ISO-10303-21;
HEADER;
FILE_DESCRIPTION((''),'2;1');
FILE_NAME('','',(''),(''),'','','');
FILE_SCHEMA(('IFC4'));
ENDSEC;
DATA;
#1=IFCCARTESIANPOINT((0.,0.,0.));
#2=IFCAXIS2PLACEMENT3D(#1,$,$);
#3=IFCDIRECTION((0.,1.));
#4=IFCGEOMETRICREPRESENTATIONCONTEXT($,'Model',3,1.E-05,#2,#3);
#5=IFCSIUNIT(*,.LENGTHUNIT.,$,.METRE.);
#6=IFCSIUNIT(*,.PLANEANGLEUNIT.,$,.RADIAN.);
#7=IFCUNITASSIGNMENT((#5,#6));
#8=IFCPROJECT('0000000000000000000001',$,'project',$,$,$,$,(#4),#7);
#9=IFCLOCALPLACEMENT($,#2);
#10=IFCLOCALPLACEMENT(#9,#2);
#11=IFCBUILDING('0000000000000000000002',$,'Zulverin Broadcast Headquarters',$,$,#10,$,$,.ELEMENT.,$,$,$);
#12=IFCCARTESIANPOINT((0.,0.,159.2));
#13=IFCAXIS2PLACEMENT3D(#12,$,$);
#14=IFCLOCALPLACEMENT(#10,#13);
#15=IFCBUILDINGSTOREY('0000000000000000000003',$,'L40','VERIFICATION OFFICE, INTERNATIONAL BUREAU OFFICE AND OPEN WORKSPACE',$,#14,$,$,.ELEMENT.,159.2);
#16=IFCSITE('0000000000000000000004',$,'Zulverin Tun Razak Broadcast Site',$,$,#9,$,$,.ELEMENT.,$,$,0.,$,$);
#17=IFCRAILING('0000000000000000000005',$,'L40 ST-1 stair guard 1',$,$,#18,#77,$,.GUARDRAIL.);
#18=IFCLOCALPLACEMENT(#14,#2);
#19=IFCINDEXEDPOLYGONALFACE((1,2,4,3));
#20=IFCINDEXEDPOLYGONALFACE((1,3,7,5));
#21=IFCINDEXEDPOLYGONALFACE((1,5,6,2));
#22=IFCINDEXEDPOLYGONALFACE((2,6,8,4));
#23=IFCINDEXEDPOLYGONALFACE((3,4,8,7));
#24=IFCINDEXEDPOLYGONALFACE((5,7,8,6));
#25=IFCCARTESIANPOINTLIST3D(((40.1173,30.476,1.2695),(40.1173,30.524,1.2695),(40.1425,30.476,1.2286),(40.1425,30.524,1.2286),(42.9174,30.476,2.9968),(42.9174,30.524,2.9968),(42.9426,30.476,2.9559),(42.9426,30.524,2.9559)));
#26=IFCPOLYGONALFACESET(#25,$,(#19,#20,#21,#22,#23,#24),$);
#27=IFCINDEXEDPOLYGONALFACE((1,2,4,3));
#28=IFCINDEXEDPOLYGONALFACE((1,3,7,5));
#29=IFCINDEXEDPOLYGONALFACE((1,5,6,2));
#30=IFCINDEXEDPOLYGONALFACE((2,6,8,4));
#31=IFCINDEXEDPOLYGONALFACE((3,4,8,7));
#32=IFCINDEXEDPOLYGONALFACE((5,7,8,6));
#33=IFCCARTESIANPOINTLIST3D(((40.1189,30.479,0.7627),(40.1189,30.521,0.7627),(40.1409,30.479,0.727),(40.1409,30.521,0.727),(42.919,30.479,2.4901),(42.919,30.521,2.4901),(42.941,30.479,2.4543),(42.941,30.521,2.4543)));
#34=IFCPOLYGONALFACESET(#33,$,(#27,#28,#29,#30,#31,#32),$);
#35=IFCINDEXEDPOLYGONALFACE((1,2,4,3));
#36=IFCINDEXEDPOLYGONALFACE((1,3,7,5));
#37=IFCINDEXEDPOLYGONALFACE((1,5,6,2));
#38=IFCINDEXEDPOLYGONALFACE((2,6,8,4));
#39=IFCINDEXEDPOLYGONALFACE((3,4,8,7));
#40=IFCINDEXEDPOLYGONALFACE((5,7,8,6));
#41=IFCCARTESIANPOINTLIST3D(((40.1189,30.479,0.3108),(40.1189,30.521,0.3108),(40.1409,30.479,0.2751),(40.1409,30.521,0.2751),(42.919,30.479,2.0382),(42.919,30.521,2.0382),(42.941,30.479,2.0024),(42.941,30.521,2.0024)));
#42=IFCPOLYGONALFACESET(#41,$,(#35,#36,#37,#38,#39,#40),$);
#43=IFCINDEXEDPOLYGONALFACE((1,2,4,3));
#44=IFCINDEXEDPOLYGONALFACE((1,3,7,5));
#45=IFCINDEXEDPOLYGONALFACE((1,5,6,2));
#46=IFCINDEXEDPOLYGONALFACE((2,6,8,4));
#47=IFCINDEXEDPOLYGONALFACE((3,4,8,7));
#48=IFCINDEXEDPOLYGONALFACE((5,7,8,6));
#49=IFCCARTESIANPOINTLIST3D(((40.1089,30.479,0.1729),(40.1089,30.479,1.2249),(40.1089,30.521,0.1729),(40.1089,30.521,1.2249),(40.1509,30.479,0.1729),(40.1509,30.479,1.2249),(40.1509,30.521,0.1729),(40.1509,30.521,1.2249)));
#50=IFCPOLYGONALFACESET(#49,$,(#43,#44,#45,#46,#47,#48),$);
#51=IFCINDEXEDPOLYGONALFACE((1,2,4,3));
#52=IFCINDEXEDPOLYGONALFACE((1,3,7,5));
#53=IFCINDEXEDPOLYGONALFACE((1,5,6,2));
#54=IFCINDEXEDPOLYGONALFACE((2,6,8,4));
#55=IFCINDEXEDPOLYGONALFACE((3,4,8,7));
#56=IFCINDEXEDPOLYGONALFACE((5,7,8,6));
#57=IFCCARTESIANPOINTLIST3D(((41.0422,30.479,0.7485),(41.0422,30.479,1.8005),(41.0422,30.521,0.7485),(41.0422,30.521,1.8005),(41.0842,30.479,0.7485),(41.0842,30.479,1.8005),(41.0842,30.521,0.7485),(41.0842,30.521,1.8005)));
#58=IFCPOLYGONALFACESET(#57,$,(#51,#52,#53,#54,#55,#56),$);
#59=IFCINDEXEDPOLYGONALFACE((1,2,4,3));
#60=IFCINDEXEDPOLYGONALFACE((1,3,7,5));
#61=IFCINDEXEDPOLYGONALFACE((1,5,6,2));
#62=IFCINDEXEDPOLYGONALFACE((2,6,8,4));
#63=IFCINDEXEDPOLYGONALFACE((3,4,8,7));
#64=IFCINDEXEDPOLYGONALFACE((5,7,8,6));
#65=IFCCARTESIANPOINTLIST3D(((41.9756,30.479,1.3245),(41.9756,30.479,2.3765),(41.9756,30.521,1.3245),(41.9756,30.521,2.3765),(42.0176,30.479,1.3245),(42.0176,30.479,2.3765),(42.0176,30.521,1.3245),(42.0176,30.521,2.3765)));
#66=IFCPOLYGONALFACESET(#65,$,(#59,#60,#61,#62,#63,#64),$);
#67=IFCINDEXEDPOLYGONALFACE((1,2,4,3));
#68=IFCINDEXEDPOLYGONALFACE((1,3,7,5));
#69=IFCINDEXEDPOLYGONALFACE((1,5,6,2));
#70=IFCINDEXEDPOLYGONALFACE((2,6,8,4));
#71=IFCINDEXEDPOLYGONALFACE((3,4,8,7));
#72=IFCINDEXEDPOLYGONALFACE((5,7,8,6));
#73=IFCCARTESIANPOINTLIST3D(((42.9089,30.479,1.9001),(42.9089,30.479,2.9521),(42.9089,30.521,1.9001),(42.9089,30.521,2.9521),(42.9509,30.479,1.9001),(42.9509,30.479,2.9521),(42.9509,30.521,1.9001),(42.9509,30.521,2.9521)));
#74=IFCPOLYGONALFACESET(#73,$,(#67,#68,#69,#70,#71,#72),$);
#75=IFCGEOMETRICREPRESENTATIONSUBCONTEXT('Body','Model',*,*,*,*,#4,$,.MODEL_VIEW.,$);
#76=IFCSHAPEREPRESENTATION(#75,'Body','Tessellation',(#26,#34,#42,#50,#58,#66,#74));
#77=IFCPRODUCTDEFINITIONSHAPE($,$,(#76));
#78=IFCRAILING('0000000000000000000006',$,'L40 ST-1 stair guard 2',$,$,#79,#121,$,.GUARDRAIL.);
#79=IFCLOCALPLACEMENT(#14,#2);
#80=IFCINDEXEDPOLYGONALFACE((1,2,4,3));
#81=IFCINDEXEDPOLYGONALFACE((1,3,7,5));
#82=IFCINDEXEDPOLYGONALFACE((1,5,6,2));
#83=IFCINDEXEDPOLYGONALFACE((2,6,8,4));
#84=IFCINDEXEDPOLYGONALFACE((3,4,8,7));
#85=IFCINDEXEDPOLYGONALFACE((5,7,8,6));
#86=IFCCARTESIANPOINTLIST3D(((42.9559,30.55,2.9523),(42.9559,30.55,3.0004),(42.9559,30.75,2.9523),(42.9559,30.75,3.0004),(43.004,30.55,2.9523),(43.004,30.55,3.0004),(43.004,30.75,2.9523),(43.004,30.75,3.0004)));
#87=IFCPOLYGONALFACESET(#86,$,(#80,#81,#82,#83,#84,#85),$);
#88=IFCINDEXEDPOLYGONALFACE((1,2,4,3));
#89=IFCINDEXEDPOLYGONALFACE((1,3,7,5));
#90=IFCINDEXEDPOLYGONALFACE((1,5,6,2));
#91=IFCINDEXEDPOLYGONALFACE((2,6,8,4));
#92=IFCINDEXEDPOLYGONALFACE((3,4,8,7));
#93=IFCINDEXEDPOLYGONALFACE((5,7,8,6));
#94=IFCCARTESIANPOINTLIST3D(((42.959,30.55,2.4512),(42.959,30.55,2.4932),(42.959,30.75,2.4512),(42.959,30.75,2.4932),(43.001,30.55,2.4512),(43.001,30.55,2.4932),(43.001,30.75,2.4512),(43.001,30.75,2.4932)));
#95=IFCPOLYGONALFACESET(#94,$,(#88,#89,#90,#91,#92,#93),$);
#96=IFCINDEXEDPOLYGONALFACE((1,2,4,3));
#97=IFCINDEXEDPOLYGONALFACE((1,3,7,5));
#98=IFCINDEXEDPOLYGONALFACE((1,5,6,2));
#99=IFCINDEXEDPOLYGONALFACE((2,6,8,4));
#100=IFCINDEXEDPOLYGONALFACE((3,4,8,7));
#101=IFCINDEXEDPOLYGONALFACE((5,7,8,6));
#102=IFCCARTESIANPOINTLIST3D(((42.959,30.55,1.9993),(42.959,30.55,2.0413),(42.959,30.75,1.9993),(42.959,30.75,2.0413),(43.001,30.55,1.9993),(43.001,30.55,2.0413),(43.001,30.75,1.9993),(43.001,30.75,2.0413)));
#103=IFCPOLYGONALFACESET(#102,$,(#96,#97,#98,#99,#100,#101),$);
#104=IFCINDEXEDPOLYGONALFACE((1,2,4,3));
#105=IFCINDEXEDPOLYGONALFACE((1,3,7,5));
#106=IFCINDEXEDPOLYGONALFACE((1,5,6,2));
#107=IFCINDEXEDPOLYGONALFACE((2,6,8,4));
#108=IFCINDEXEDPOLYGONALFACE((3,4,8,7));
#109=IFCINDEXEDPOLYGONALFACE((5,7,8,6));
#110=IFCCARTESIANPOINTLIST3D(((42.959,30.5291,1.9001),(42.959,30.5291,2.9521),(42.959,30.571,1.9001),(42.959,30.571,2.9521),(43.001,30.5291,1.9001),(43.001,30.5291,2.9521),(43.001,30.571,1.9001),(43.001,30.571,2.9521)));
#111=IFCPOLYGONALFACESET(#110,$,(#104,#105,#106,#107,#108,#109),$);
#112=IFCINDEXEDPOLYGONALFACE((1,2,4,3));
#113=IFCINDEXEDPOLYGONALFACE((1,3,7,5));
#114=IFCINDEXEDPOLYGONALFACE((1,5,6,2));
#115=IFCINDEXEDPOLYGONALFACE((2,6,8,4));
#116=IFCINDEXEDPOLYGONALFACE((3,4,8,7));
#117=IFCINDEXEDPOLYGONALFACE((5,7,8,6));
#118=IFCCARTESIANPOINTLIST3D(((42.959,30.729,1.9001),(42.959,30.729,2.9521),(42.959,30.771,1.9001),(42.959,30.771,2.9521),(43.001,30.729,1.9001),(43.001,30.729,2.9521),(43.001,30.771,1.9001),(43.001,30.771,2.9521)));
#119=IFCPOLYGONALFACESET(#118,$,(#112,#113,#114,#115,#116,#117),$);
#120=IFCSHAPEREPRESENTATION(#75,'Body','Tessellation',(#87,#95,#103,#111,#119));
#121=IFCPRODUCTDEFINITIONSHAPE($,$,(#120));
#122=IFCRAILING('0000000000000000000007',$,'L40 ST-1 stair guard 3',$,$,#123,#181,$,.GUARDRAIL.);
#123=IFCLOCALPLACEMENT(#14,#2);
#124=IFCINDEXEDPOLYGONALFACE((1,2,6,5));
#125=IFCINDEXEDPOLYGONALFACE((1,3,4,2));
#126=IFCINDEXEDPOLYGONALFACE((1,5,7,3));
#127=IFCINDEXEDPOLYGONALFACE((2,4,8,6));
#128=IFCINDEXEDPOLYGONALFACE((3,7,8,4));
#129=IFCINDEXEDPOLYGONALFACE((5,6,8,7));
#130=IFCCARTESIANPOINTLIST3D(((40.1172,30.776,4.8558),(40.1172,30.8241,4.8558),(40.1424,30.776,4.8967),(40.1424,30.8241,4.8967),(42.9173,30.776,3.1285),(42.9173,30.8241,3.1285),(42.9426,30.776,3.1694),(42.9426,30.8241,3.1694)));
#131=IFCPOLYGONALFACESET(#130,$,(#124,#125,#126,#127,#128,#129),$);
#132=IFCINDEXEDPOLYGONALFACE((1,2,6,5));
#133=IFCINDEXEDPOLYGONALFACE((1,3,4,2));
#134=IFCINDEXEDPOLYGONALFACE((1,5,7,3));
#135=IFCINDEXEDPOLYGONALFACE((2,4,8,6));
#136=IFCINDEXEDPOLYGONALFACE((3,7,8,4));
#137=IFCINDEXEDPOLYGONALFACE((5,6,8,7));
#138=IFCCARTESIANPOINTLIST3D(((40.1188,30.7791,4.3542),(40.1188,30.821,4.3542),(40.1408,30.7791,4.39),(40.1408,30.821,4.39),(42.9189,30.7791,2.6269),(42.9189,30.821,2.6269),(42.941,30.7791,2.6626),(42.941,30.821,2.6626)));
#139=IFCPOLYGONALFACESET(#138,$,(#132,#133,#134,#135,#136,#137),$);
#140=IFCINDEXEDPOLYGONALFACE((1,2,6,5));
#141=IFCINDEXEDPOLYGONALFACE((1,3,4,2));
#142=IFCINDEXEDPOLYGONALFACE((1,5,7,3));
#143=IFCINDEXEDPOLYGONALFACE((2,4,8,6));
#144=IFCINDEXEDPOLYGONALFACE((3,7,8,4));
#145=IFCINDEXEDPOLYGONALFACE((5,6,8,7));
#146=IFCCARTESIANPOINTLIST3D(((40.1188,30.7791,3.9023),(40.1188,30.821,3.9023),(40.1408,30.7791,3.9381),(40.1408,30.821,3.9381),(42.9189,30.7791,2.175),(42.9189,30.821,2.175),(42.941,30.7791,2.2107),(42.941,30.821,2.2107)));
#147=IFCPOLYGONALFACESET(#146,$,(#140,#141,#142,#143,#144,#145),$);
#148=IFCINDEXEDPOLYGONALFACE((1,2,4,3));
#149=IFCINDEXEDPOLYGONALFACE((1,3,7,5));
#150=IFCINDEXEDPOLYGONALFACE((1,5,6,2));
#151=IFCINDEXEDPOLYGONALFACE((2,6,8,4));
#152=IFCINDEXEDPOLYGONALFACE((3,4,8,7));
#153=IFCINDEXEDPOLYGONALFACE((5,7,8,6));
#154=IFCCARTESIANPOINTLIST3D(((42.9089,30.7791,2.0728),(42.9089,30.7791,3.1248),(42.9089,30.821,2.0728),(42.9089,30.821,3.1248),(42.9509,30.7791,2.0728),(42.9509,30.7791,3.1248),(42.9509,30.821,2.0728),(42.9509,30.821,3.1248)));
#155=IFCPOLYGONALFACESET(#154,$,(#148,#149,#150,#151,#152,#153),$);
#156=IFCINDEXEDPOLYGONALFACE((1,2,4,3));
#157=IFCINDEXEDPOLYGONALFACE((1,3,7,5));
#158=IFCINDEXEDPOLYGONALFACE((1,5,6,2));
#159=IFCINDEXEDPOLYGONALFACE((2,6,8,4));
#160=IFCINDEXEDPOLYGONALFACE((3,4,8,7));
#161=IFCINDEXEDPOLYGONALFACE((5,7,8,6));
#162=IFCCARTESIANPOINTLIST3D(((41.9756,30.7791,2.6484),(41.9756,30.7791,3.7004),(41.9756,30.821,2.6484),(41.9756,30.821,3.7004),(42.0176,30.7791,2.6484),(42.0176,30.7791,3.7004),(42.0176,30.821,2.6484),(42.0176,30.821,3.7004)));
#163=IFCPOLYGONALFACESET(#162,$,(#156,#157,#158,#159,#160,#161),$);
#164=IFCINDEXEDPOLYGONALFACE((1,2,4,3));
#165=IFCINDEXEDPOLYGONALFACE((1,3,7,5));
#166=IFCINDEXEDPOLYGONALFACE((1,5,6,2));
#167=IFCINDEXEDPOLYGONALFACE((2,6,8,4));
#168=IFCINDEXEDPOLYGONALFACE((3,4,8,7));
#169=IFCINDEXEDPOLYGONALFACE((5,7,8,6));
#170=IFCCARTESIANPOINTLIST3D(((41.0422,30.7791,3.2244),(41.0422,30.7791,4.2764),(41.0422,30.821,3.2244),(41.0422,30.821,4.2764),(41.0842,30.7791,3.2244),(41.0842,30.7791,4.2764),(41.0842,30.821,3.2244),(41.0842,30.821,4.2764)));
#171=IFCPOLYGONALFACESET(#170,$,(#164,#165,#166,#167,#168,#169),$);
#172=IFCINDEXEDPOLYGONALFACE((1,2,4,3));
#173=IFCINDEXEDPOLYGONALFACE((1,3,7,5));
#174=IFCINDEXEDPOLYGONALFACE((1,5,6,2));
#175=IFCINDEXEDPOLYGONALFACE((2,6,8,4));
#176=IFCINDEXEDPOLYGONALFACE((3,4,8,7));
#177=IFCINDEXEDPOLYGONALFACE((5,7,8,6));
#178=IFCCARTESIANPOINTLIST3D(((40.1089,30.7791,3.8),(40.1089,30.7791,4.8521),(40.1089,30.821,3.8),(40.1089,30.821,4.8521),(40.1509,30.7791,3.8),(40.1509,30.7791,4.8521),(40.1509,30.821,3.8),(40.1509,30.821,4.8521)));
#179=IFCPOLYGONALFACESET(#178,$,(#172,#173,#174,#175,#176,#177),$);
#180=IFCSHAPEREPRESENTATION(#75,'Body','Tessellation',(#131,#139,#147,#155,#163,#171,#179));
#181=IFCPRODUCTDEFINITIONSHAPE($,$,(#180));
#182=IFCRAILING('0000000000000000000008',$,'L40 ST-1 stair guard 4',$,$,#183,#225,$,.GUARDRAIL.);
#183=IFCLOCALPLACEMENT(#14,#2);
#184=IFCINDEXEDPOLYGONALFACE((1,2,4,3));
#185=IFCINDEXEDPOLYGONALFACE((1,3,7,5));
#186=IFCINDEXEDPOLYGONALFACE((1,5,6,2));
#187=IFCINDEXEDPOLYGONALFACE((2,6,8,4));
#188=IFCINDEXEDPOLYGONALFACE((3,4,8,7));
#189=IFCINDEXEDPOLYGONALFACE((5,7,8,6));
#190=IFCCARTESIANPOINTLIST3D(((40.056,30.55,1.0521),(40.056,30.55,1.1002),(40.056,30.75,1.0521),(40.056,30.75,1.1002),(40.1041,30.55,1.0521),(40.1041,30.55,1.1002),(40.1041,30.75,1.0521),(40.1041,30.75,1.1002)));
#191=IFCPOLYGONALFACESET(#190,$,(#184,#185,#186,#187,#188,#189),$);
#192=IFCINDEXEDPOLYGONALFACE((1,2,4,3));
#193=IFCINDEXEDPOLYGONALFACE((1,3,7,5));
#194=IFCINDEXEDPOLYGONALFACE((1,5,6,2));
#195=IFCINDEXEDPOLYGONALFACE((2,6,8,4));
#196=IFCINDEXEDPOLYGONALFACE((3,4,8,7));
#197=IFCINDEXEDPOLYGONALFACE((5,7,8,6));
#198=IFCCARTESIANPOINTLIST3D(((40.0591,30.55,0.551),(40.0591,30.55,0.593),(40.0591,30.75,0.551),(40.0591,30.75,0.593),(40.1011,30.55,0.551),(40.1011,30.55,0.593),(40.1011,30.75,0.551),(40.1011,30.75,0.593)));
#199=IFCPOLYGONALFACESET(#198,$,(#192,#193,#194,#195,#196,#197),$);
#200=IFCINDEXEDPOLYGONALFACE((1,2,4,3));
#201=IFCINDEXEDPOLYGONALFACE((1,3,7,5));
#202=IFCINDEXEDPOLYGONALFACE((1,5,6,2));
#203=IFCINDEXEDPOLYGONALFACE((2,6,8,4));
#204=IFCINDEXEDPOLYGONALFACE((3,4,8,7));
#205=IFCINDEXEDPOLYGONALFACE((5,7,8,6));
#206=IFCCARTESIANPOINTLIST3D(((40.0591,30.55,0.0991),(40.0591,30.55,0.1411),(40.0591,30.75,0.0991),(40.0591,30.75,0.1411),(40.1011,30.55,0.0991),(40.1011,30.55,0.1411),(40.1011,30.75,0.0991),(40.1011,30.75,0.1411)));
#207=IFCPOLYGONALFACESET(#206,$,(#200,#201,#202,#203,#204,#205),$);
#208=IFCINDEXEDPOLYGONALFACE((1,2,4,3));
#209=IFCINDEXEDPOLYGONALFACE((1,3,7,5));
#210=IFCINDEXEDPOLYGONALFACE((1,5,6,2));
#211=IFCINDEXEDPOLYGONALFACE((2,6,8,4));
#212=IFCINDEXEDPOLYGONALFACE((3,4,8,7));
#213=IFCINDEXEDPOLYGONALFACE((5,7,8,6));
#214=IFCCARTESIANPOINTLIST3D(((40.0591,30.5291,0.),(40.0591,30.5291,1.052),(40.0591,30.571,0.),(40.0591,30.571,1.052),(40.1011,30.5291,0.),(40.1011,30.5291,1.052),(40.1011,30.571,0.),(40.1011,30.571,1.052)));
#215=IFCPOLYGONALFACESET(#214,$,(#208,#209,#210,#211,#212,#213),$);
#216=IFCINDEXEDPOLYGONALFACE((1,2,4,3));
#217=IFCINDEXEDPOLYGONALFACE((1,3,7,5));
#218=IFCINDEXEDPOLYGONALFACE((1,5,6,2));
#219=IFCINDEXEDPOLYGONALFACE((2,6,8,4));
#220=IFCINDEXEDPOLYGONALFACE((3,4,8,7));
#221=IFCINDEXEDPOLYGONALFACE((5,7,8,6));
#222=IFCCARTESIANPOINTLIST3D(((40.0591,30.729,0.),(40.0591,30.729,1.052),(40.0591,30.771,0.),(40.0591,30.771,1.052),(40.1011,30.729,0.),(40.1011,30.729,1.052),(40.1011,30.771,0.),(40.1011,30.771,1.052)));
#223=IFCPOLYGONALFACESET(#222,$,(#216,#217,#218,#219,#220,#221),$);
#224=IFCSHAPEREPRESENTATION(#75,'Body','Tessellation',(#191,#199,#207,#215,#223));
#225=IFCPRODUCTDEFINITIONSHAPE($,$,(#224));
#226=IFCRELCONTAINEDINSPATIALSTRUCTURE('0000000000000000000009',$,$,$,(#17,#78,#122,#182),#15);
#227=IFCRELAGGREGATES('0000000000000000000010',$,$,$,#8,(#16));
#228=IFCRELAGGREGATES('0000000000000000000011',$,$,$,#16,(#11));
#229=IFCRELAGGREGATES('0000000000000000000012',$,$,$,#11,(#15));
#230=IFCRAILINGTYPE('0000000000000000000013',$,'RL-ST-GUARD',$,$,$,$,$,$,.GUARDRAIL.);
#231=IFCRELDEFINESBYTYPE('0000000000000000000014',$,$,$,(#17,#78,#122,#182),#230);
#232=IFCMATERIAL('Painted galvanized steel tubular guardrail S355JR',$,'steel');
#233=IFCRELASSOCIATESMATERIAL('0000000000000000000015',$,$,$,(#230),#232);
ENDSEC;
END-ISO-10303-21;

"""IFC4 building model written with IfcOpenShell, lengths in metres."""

from ifc_helpers import new_model, si_unit, direction, frame, origin, origin_2d, place, context, subcontext, project, spatial, rectangle, extrude, material, type_object, element, save


model = new_model("IFC4")

# Units and contexts
model_context = context("Model", 3, precision=1e-05, world=origin(), true_north=direction((0.0, 1.0)))
body_context = subcontext(model_context, "Body", "Model", "MODEL_VIEW")
ifc_project = project(units=[si_unit("LENGTHUNIT", "METRE"), si_unit("PLANEANGLEUNIT", "RADIAN")], contexts=[model_context])

# Site, building, storey
site_placement = place(None, origin())
site = spatial("IfcSite", under=ifc_project, at=site_placement, Name="Zulverin Tun Razak Broadcast Site", CompositionType="ELEMENT", RefElevation=0.0)
building_placement = place(site_placement, origin())
building = spatial("IfcBuilding", under=site, at=building_placement, Name="Zulverin Broadcast Headquarters", CompositionType="ELEMENT")
storey_placement = place(building_placement, frame((0.0, 0.0, 159.2)))
storey = spatial("IfcBuildingStorey", under=building, at=storey_placement, Name="L40", Description="VERIFICATION OFFICE, INTERNATIONAL BUREAU OFFICE AND OPEN WORKSPACE", CompositionType="ELEMENT", Elevation=159.2)

# Railings
ifc_material_1 = material(Name="Painted galvanized steel tubular guardrail S355JR", Category="steel")
railing_type_1 = type_object("IfcRailingType", Name="RL-ST-GUARD", PredefinedType="GUARDRAIL", material=ifc_material_1)
railing_1_placement = place(storey_placement, frame((40.1299, 30.5, 0.1729)))
element("IfcRailing", 1, at=railing_1_placement, inside=storey, type_object=railing_type_1, Name="L40 ST-1 stair guard 1", PredefinedType="GUARDRAIL", context=body_context, shape_type="SweptSolid", body=[
    extrude(rectangle(XDim=0.0481, YDim=0.0481, at=origin_2d()), frame((0.0, 0.0, 1.0762), z_axis=(0.85109, 0.0, 0.52502), x_axis=(0.0, 1.0, 0.0)), (0.0, 0.0, 1.0), 3.29),
    extrude(rectangle(XDim=0.042, YDim=0.042, at=origin_2d()), frame((0.0, 0.0, 0.572), z_axis=(0.85109, 0.0, 0.52502), x_axis=(0.0, 1.0, 0.0)), (0.0, 0.0, 1.0), 3.29),
    extrude(rectangle(XDim=0.042, YDim=0.042, at=origin_2d()), frame((0.0, 0.0, 0.1201), z_axis=(0.85109, 0.0, 0.52502), x_axis=(0.0, 1.0, 0.0)), (0.0, 0.0, 1.0), 3.29),
    extrude(rectangle(XDim=0.042, YDim=0.042, at=origin_2d()), origin(), (0.0, 0.0, 1.0), 1.052),
    extrude(rectangle(XDim=0.042, YDim=0.042, at=origin_2d()), frame((0.9333, 0.0, 0.5757)), (0.0, 0.0, 1.0), 1.052),
    extrude(rectangle(XDim=0.042, YDim=0.042, at=origin_2d()), frame((1.8667, 0.0, 1.1516)), (0.0, 0.0, 1.0), 1.052),
    extrude(rectangle(XDim=0.042, YDim=0.042, at=origin_2d()), frame((2.8, 0.0, 1.7273)), (0.0, 0.0, 1.0), 1.052),
])
railing_2_placement = place(storey_placement, frame((42.98, 30.55, 1.9001)))
element("IfcRailing", 2, at=railing_2_placement, inside=storey, type_object=railing_type_1, Name="L40 ST-1 stair guard 2", PredefinedType="GUARDRAIL", context=body_context, shape_type="SweptSolid", body=[
    extrude(rectangle(XDim=0.0481, YDim=0.0481, at=origin_2d()), frame((0.0, 0.0, 1.0762), z_axis=(0.0, 1.0, 0.0), x_axis=(-1.0, 0.0, 0.0)), (0.0, 0.0, 1.0), 0.2),
    extrude(rectangle(XDim=0.042, YDim=0.042, at=origin_2d()), frame((0.0, 0.0, 0.572), z_axis=(0.0, 1.0, 0.0), x_axis=(-1.0, 0.0, 0.0)), (0.0, 0.0, 1.0), 0.2),
    extrude(rectangle(XDim=0.042, YDim=0.042, at=origin_2d()), frame((0.0, 0.0, 0.1201), z_axis=(0.0, 1.0, 0.0), x_axis=(-1.0, 0.0, 0.0)), (0.0, 0.0, 1.0), 0.2),
    extrude(rectangle(XDim=0.042, YDim=0.042, at=origin_2d()), origin(), (0.0, 0.0, 1.0), 1.052),
    extrude(rectangle(XDim=0.042, YDim=0.042, at=origin_2d()), frame((0.0, 0.2, 0.0)), (0.0, 0.0, 1.0), 1.052),
])
railing_3_placement = place(storey_placement, frame((42.9299, 30.8, 2.0728)))
element("IfcRailing", 3, at=railing_3_placement, inside=storey, type_object=railing_type_1, Name="L40 ST-1 stair guard 3", PredefinedType="GUARDRAIL", context=body_context, shape_type="SweptSolid", body=[
    extrude(rectangle(XDim=0.0481, YDim=0.0481, at=origin_2d()), frame((0.0, 0.0, 1.0762), z_axis=(-0.85109, 0.0, 0.52502), x_axis=(0.0, -1.0, 0.0)), (0.0, 0.0, 1.0), 3.29),
    extrude(rectangle(XDim=0.042, YDim=0.042, at=origin_2d()), frame((0.0, 0.0, 0.572), z_axis=(-0.85109, 0.0, 0.52502), x_axis=(0.0, -1.0, 0.0)), (0.0, 0.0, 1.0), 3.29),
    extrude(rectangle(XDim=0.042, YDim=0.042, at=origin_2d()), frame((0.0, 0.0, 0.1201), z_axis=(-0.85109, 0.0, 0.52502), x_axis=(0.0, -1.0, 0.0)), (0.0, 0.0, 1.0), 3.29),
    extrude(rectangle(XDim=0.042, YDim=0.042, at=origin_2d()), origin(), (0.0, 0.0, 1.0), 1.052),
    extrude(rectangle(XDim=0.042, YDim=0.042, at=origin_2d()), frame((-0.9333, 0.0, 0.5757)), (0.0, 0.0, 1.0), 1.052),
    extrude(rectangle(XDim=0.042, YDim=0.042, at=origin_2d()), frame((-1.8667, 0.0, 1.1516)), (0.0, 0.0, 1.0), 1.052),
    extrude(rectangle(XDim=0.042, YDim=0.042, at=origin_2d()), frame((-2.8, 0.0, 1.7273)), (0.0, 0.0, 1.0), 1.052),
])
railing_4_placement = place(storey_placement, frame((40.0801, 30.55, 0.0)))
element("IfcRailing", 4, at=railing_4_placement, inside=storey, type_object=railing_type_1, Name="L40 ST-1 stair guard 4", PredefinedType="GUARDRAIL", context=body_context, shape_type="SweptSolid", body=[
    extrude(rectangle(XDim=0.0481, YDim=0.0481, at=origin_2d()), frame((0.0, 0.0, 1.0762), z_axis=(0.0, 1.0, 0.0), x_axis=(-1.0, 0.0, 0.0)), (0.0, 0.0, 1.0), 0.2),
    extrude(rectangle(XDim=0.042, YDim=0.042, at=origin_2d()), frame((0.0, 0.0, 0.572), z_axis=(0.0, 1.0, 0.0), x_axis=(-1.0, 0.0, 0.0)), (0.0, 0.0, 1.0), 0.2),
    extrude(rectangle(XDim=0.042, YDim=0.042, at=origin_2d()), frame((0.0, 0.0, 0.1201), z_axis=(0.0, 1.0, 0.0), x_axis=(-1.0, 0.0, 0.0)), (0.0, 0.0, 1.0), 0.2),
    extrude(rectangle(XDim=0.042, YDim=0.042, at=origin_2d()), origin(), (0.0, 0.0, 1.0), 1.052),
    extrude(rectangle(XDim=0.042, YDim=0.042, at=origin_2d()), frame((0.0, 0.2, 0.0)), (0.0, 0.0, 1.0), 1.052),
])

save(model, "model.ifc")
